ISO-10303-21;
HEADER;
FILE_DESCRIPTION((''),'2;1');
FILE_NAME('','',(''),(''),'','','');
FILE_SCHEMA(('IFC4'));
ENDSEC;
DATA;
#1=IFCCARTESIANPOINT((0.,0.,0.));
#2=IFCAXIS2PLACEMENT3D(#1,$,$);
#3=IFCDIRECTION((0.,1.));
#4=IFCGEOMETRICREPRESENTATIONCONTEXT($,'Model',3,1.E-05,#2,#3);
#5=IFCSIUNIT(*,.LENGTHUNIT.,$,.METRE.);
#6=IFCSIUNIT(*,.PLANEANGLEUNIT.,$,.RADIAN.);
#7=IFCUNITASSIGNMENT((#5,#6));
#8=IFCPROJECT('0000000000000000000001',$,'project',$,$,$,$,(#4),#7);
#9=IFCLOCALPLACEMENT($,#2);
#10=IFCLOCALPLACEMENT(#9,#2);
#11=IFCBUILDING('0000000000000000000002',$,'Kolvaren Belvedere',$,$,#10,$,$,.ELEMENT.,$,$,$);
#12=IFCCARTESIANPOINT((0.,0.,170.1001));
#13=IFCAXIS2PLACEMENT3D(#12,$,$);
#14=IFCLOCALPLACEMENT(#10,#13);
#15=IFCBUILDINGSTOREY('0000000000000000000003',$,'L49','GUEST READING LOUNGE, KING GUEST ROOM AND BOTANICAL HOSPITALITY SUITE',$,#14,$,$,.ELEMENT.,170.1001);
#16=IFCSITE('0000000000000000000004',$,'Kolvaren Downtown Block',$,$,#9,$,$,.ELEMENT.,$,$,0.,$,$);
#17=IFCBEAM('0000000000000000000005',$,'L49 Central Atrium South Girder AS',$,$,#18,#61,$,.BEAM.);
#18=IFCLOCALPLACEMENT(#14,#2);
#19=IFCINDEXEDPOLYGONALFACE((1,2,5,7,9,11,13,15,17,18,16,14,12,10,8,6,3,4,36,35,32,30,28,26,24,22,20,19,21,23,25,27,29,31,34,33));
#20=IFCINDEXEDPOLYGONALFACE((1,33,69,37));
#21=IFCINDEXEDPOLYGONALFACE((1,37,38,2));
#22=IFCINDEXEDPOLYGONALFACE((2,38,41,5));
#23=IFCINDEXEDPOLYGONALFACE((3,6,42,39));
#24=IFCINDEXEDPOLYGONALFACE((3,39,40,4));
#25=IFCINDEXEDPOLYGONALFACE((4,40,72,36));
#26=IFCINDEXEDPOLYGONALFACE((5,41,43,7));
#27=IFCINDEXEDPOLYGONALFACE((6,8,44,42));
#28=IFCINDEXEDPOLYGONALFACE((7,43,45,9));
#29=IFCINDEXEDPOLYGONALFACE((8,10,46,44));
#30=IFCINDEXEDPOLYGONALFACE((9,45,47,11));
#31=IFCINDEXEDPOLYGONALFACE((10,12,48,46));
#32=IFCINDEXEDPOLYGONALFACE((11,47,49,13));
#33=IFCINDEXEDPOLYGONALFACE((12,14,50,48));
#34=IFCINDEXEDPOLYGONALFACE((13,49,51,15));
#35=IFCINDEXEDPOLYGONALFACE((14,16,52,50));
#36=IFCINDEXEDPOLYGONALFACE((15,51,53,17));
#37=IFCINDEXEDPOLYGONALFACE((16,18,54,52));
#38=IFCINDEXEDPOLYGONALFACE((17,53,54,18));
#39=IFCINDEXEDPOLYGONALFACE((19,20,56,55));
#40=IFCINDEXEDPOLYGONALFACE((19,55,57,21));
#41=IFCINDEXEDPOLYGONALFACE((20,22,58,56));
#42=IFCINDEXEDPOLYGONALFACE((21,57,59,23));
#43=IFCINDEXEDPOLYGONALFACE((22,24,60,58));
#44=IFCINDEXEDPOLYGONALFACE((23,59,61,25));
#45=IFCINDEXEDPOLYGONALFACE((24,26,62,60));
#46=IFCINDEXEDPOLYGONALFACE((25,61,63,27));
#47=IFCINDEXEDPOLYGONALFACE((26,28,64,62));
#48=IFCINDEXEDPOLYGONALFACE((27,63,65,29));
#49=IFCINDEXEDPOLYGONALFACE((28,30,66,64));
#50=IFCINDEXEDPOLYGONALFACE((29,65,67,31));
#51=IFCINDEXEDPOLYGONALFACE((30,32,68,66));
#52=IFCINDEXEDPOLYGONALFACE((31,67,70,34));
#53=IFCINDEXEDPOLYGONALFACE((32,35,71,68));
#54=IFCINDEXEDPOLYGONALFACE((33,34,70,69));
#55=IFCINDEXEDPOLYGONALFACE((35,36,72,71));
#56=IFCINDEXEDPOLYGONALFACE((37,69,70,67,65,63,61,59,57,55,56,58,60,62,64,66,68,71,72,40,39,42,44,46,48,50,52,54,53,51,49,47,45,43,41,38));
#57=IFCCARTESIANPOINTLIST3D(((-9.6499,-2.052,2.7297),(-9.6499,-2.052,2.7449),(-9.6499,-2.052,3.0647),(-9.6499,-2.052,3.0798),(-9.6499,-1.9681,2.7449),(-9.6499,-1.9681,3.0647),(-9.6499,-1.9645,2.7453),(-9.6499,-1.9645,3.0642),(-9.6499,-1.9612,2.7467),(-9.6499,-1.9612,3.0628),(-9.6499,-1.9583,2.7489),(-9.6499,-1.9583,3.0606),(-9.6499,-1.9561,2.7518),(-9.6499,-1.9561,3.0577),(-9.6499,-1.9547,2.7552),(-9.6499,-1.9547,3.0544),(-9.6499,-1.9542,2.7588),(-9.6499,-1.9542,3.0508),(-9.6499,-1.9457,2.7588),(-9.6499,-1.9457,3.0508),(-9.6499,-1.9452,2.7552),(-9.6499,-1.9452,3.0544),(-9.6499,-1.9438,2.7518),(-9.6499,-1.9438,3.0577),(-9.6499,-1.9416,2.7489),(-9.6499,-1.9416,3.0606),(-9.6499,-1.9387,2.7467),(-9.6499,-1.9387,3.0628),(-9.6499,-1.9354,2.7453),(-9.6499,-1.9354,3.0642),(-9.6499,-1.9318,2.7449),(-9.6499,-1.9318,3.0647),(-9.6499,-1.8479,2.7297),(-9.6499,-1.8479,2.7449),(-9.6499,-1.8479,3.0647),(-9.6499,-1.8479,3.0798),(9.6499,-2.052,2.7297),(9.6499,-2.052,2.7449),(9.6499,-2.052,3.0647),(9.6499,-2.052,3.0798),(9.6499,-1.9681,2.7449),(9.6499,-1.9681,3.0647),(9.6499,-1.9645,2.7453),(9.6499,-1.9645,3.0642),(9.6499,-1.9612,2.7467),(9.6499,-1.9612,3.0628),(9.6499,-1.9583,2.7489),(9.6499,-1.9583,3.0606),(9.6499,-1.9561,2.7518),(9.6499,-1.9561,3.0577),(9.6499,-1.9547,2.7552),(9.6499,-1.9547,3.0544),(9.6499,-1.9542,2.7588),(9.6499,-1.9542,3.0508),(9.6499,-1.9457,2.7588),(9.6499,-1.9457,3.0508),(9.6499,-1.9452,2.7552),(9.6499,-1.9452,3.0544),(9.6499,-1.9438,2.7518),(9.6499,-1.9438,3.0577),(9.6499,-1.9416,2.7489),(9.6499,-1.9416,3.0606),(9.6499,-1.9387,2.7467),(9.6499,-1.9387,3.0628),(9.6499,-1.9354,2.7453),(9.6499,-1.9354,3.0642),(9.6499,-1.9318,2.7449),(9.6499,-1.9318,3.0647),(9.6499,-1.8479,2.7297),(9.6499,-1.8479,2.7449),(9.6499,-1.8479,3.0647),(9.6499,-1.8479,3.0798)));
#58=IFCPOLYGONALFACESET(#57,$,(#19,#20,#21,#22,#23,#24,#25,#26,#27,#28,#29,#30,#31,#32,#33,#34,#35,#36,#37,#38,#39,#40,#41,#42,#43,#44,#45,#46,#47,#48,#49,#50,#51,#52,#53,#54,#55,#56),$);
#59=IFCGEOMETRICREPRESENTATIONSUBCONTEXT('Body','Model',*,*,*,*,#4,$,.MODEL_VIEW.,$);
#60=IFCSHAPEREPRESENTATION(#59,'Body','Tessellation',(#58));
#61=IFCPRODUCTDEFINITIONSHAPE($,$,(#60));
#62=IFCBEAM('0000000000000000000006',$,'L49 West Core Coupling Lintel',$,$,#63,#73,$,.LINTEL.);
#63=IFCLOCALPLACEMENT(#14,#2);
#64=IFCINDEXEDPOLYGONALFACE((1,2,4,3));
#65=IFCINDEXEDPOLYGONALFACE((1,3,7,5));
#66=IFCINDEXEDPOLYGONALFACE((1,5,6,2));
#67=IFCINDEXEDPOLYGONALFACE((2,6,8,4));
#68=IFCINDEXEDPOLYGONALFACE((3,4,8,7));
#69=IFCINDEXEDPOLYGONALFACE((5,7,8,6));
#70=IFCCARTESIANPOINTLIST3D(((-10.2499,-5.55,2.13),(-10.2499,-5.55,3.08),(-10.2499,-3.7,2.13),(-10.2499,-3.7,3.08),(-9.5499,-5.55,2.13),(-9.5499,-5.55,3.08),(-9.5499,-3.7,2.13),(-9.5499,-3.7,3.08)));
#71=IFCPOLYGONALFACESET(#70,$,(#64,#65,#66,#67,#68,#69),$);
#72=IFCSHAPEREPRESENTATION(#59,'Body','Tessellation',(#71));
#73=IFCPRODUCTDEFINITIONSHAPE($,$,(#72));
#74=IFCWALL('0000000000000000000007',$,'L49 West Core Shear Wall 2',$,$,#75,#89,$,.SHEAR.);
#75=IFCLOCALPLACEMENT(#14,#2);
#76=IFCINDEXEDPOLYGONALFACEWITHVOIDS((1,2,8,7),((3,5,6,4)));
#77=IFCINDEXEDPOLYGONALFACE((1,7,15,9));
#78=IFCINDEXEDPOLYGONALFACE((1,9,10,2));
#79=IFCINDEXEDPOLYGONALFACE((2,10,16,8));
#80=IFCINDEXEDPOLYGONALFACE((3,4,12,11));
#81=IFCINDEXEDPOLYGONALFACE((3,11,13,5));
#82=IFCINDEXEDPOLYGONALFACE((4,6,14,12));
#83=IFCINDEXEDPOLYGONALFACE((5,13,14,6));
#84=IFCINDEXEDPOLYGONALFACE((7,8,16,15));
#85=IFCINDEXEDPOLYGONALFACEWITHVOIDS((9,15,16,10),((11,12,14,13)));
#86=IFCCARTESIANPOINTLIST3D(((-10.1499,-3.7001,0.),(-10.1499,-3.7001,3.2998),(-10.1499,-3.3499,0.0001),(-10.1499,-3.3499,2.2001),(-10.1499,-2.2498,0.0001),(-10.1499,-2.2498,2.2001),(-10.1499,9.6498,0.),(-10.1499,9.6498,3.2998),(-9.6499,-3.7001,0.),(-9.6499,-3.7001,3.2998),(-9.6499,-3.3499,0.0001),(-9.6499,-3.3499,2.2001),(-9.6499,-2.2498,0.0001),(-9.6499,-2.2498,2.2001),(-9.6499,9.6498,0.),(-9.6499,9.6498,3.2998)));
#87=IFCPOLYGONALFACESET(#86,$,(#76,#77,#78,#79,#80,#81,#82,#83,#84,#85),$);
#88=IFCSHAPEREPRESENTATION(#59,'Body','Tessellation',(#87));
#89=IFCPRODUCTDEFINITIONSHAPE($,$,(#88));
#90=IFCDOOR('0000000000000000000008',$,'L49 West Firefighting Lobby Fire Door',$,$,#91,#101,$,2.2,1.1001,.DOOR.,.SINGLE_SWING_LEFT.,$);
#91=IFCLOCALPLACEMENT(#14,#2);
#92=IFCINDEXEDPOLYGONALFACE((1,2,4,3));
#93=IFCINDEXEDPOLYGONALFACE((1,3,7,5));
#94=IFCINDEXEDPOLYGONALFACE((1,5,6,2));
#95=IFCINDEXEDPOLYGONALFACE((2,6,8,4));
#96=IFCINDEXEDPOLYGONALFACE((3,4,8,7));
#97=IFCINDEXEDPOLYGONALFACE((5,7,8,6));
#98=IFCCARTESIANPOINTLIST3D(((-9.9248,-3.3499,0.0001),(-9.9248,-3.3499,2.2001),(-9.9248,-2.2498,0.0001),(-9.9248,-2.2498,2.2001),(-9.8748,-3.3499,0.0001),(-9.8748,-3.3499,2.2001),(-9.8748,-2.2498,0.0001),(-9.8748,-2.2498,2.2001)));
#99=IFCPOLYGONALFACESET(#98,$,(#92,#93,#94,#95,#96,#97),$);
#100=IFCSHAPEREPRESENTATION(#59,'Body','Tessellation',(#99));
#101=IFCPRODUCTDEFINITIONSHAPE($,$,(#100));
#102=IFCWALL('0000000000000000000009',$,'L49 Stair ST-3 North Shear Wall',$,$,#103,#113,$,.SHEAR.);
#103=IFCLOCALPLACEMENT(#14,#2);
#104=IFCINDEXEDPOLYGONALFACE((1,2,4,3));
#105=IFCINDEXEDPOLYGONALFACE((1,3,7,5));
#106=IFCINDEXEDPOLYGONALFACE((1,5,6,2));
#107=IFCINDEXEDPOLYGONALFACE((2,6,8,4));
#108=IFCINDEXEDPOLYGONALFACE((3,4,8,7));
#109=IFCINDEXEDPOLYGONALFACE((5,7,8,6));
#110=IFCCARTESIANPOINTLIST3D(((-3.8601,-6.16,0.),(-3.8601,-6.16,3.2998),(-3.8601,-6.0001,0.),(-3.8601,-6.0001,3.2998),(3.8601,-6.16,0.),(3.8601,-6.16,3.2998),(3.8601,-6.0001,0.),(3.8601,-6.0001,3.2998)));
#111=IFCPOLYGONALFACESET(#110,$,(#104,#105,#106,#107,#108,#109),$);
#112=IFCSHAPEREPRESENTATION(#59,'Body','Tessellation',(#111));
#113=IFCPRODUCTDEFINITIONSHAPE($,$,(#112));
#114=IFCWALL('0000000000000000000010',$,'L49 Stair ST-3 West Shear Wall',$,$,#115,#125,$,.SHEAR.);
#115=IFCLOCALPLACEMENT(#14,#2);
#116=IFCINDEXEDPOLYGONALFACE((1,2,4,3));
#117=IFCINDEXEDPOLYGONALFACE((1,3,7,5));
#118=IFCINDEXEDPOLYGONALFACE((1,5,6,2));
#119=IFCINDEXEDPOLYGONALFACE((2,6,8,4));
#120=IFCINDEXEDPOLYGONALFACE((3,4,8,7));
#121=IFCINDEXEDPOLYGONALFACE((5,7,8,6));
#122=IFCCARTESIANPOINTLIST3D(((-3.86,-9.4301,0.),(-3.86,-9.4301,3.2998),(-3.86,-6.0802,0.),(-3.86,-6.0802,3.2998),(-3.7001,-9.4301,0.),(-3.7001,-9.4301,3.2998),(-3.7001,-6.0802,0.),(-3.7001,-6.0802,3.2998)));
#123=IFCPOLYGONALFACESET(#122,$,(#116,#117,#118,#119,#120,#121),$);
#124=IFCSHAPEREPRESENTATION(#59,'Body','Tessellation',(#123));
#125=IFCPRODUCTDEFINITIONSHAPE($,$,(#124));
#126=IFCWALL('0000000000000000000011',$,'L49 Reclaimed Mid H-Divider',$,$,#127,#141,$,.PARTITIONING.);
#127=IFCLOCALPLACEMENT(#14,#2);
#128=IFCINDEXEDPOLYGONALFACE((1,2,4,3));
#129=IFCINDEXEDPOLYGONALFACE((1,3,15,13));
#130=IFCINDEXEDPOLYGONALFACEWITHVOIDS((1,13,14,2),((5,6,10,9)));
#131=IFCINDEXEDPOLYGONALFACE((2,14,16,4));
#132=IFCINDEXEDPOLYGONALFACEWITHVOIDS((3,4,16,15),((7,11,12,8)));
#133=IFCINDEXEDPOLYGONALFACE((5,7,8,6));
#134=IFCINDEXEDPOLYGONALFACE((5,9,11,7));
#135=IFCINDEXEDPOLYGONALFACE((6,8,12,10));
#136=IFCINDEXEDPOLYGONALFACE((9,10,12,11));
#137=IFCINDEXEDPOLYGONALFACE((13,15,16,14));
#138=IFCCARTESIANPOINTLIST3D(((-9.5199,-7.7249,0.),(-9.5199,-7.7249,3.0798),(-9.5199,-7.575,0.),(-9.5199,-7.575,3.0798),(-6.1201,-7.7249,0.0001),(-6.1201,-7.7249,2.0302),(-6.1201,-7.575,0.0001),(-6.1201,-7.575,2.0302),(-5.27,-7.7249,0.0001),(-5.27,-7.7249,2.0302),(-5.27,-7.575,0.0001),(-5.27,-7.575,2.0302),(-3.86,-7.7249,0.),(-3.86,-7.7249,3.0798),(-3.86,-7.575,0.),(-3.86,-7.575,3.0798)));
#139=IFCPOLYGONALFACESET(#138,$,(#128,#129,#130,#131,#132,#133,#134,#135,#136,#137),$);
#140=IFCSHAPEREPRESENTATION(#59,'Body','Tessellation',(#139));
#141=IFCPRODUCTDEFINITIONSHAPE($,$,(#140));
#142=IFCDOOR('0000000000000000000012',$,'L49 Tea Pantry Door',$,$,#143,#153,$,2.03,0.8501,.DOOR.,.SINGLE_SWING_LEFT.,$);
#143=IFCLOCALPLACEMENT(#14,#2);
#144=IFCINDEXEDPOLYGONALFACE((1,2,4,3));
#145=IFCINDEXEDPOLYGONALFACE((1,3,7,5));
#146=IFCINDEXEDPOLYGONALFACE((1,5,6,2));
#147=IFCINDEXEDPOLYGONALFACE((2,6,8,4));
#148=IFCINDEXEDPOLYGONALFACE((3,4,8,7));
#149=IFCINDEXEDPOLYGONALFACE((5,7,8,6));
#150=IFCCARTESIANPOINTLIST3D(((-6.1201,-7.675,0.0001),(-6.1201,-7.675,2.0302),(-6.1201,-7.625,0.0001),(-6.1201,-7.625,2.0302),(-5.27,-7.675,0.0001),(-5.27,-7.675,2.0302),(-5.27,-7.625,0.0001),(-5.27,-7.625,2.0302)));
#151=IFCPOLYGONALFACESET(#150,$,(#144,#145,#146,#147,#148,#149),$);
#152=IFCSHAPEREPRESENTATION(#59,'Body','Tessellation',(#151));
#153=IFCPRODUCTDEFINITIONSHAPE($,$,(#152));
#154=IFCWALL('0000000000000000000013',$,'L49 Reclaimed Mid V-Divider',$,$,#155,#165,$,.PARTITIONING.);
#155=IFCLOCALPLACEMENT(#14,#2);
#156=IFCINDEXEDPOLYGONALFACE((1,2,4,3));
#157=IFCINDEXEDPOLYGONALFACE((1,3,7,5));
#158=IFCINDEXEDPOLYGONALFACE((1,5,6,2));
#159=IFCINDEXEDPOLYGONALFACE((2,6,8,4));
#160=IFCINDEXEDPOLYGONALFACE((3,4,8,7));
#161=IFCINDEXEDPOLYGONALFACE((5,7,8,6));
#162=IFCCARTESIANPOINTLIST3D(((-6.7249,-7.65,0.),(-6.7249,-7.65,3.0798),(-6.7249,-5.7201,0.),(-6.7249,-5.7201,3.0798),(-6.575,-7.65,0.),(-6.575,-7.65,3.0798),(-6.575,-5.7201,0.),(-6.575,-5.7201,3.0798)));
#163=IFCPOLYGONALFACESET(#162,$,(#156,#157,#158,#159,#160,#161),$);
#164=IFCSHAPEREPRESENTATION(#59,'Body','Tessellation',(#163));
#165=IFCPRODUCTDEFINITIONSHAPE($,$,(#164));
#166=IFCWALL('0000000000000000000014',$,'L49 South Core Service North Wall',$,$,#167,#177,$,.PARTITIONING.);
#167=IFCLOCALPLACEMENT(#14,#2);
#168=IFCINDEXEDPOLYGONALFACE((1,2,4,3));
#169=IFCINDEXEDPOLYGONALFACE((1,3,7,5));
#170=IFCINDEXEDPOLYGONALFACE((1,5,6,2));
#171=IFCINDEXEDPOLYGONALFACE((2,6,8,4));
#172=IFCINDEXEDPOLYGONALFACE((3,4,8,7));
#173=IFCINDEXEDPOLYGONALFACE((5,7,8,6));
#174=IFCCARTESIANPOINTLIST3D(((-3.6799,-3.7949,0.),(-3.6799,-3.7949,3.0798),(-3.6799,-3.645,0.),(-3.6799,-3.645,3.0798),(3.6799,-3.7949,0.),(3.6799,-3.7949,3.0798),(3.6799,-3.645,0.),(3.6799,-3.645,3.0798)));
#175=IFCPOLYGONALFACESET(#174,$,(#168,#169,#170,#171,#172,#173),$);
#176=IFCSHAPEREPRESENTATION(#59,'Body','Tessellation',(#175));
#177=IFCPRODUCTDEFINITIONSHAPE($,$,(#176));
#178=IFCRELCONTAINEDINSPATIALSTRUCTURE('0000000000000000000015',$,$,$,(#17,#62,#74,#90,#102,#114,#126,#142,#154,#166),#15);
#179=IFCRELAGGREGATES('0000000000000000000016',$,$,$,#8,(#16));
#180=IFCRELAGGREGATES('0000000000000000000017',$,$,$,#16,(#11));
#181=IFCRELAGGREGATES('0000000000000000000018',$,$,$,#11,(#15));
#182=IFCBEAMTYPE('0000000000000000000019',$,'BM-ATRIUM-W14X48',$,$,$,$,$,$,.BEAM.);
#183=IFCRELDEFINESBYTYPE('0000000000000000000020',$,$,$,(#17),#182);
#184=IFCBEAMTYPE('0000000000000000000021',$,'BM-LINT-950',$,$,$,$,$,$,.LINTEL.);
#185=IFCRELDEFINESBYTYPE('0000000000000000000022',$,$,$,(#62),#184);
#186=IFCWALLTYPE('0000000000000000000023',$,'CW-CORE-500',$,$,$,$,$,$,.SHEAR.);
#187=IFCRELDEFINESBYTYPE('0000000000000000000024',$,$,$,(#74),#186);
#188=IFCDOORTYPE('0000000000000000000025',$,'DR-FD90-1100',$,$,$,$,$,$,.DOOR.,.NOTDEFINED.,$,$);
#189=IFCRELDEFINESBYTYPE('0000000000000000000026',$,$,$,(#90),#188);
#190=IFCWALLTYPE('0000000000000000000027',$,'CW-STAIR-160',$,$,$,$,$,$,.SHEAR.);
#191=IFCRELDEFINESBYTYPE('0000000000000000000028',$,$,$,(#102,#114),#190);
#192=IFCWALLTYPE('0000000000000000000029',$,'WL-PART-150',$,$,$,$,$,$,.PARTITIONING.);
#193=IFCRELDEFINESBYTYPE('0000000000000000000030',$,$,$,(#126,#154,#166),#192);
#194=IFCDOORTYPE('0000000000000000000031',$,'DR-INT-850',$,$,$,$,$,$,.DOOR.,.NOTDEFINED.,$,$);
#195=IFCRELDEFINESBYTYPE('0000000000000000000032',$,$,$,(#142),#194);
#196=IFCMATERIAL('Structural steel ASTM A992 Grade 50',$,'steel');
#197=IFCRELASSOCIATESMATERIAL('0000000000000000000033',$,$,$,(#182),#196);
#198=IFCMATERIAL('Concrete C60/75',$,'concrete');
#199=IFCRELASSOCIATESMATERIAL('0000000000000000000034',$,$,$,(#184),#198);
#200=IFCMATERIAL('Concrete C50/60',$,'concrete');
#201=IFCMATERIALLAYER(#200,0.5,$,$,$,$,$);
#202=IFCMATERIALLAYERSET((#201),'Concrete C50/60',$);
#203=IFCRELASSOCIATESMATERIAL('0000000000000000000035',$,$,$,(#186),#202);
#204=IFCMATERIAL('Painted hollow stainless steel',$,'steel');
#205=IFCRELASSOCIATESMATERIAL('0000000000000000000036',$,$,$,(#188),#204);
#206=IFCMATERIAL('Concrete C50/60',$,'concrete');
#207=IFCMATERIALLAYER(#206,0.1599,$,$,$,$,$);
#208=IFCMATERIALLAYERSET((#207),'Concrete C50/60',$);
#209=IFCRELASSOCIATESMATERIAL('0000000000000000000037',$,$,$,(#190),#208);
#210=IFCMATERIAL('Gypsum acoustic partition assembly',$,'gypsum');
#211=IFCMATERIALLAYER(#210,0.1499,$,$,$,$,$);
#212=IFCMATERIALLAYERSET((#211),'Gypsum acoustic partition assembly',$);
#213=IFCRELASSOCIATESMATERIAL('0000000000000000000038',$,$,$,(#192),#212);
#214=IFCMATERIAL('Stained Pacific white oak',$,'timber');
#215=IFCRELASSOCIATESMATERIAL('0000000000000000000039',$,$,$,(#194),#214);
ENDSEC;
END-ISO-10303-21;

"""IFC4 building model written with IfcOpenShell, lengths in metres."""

from ifc_helpers import new_model, si_unit, direction, frame, frame_2d, origin, origin_2d, place, context, subcontext, project, spatial, rectangle, i_section, extrude, material, layer, layer_set, material_profile, profile_set, type_object, element, fill, save


model = new_model("IFC4")

# Units and contexts
model_context = context("Model", 3, precision=1e-05, world=origin(), true_north=direction((0.0, 1.0)))
body_context = subcontext(model_context, "Body", "Model", "MODEL_VIEW")
ifc_project = project(units=[si_unit("LENGTHUNIT", "METRE"), si_unit("PLANEANGLEUNIT", "RADIAN")], contexts=[model_context])

# Site, building, storey
site_placement = place(None, origin())
site = spatial("IfcSite", under=ifc_project, at=site_placement, Name="Kolvaren Downtown Block", CompositionType="ELEMENT", RefElevation=0.0)
building_placement = place(site_placement, origin())
building = spatial("IfcBuilding", under=site, at=building_placement, Name="Kolvaren Belvedere", CompositionType="ELEMENT")
storey_placement = place(building_placement, frame((0.0, 0.0, 170.1001)))
storey = spatial("IfcBuildingStorey", under=building, at=storey_placement, Name="L49", Description="GUEST READING LOUNGE, KING GUEST ROOM AND BOTANICAL HOSPITALITY SUITE", CompositionType="ELEMENT", Elevation=170.1001)

# Beams
ifc_material_1 = material(Name="Structural steel ASTM A992 Grade 50", Category="steel")
ifc_material_profile_1 = material_profile(ifc_material_1, i_section(OverallWidth=0.2041, OverallDepth=0.3501, WebThickness=0.0085, FlangeThickness=0.0151, FilletRadius=0.0139, at=origin_2d()), Name="W14X48")
ifc_profile_set_1 = profile_set([ifc_material_profile_1], Name="Structural steel ASTM A992 Grade 50")
beam_type_1 = type_object("IfcBeamType", Name="BM-ATRIUM-W14X48", PredefinedType="BEAM", material=ifc_profile_set_1)
beam_1_placement = place(storey_placement, frame((-9.6499, -1.95, 2.9048), z_axis=(1.0, 0.0, 0.0), x_axis=(0.0, 1.0, 0.0)))
element("IfcBeam", 1, at=beam_1_placement, inside=storey, type_object=beam_type_1, Name="L49 Central Atrium South Girder AS", PredefinedType="BEAM", context=body_context, shape_type="SweptSolid", body=[
    extrude(i_section(OverallWidth=0.2041, OverallDepth=0.3501, WebThickness=0.0085, FlangeThickness=0.0151, FilletRadius=0.0139, at=origin_2d()), origin(), (0.0, 0.0, 1.0), 19.2998),
])
ifc_material_2 = material(Name="Concrete C60/75", Category="concrete")
ifc_material_profile_2 = material_profile(ifc_material_2, rectangle(XDim=0.7, YDim=0.95, at=origin_2d()), Name="RC 700X950")
ifc_profile_set_2 = profile_set([ifc_material_profile_2], Name="Concrete C60/75")
beam_type_2 = type_object("IfcBeamType", Name="BM-LINT-950", PredefinedType="LINTEL", material=ifc_profile_set_2)
beam_2_placement = place(storey_placement, frame((-9.8999, -5.55, 2.605), z_axis=(0.0, 1.0, 0.0), x_axis=(-1.0, 0.0, 0.0)))
element("IfcBeam", 2, at=beam_2_placement, inside=storey, type_object=beam_type_2, Name="L49 West Core Coupling Lintel", PredefinedType="LINTEL", context=body_context, shape_type="SweptSolid", body=[
    extrude(rectangle(XDim=0.7, YDim=0.95, at=origin_2d()), origin(), (0.0, 0.0, 1.0), 1.8501),
])

# Wall, opening, door
ifc_material_3 = material(Name="Concrete C50/60", Category="concrete")
ifc_layer_1 = layer(ifc_material_3, 0.5)
ifc_layer_set_1 = layer_set([ifc_layer_1], Name="Concrete C50/60")
wall_type_1 = type_object("IfcWallType", Name="CW-CORE-500", PredefinedType="SHEAR", material=ifc_layer_set_1)
wall_1_placement = place(storey_placement, frame((-9.8999, -3.7, 0.0), z_axis=(0.0, 0.0, 1.0), x_axis=(0.0, 1.0, 0.0)))
wall_1 = element("IfcWall", 3, at=wall_1_placement, inside=storey, type_object=wall_type_1, Name="L49 West Core Shear Wall 2", PredefinedType="SHEAR", context=body_context, shape_type="SweptSolid", body=[
    extrude(rectangle(XDim=13.3499, YDim=0.5, at=frame_2d((6.6748, 0.0))), origin(), (0.0, 0.0, 1.0), 3.2998),
])
opening_1_placement = place(wall_1_placement, frame((0.3501, 0.0, 0.0)))
opening_1 = element("IfcOpeningElement", 4, at=opening_1_placement, cuts=wall_1, PredefinedType="OPENING", context=body_context, shape_type="SweptSolid", body=[
    extrude(rectangle(XDim=1.1001, YDim=2.2, at=frame_2d((0.55, 1.1001))), frame((0.0, 0.26, 0.0), z_axis=(0.0, -1.0, 0.0), x_axis=(1.0, 0.0, 0.0)), (0.0, 0.0, 1.0), 0.52),
])
ifc_material_4 = material(Name="Painted hollow stainless steel", Category="steel")
door_type_1 = type_object("IfcDoorType", Name="DR-FD90-1100", OperationType="NOTDEFINED", PredefinedType="DOOR", material=ifc_material_4)
door_1_placement = place(opening_1_placement, origin())
door_1 = element("IfcDoor", 5, at=door_1_placement, inside=storey, type_object=door_type_1, Name="L49 West Firefighting Lobby Fire Door", OperationType="SINGLE_SWING_LEFT", OverallHeight=2.2, OverallWidth=1.1001, PredefinedType="DOOR", context=body_context, shape_type="SweptSolid", body=[
    extrude(rectangle(XDim=1.1001, YDim=2.2, at=frame_2d((0.55, 1.1001))), frame((0.0, 0.0249, 0.0), z_axis=(0.0, -1.0, 0.0), x_axis=(1.0, 0.0, 0.0)), (0.0, 0.0, 1.0), 0.05),
])
fill(opening_1, door_1)

# Walls
ifc_material_5 = material(Name="Concrete C50/60", Category="concrete")
ifc_layer_2 = layer(ifc_material_5, 0.1599)
ifc_layer_set_2 = layer_set([ifc_layer_2], Name="Concrete C50/60")
wall_type_2 = type_object("IfcWallType", Name="CW-STAIR-160", PredefinedType="SHEAR", material=ifc_layer_set_2)
wall_2_placement = place(storey_placement, frame((-3.8601, -6.0801, 0.0), z_axis=(0.0, 0.0, 1.0), x_axis=(1.0, 0.0, 0.0)))
element("IfcWall", 6, at=wall_2_placement, inside=storey, type_object=wall_type_2, Name="L49 Stair ST-3 North Shear Wall", PredefinedType="SHEAR", context=body_context, shape_type="SweptSolid", body=[
    extrude(rectangle(XDim=7.7202, YDim=0.1599, at=frame_2d((3.8601, 0.0))), origin(), (0.0, 0.0, 1.0), 3.2998),
])
wall_3_placement = place(storey_placement, frame((-3.78, -9.4299, 0.0), z_axis=(0.0, 0.0, 1.0), x_axis=(0.0, 1.0, 0.0)))
element("IfcWall", 7, at=wall_3_placement, inside=storey, type_object=wall_type_2, Name="L49 Stair ST-3 West Shear Wall", PredefinedType="SHEAR", context=body_context, shape_type="SweptSolid", body=[
    extrude(rectangle(XDim=3.3499, YDim=0.1599, at=frame_2d((1.6748, 0.0))), origin(), (0.0, 0.0, 1.0), 3.2998),
])

# Wall, opening, door
ifc_material_6 = material(Name="Gypsum acoustic partition assembly", Category="gypsum")
ifc_layer_3 = layer(ifc_material_6, 0.1499)
ifc_layer_set_3 = layer_set([ifc_layer_3], Name="Gypsum acoustic partition assembly")
wall_type_3 = type_object("IfcWallType", Name="WL-PART-150", PredefinedType="PARTITIONING", material=ifc_layer_set_3)
wall_4_placement = place(storey_placement, frame((-9.52, -7.6499, 0.0), z_axis=(0.0, 0.0, 1.0), x_axis=(1.0, 0.0, 0.0)))
wall_4 = element("IfcWall", 8, at=wall_4_placement, inside=storey, type_object=wall_type_3, Name="L49 Reclaimed Mid H-Divider", PredefinedType="PARTITIONING", context=body_context, shape_type="SweptSolid", body=[
    extrude(rectangle(XDim=5.6599, YDim=0.1499, at=frame_2d((2.8301, 0.0))), origin(), (0.0, 0.0, 1.0), 3.0798),
])
opening_2_placement = place(wall_4_placement, frame((3.3999, 0.0, 0.0)))
opening_2 = element("IfcOpeningElement", 9, at=opening_2_placement, cuts=wall_4, PredefinedType="OPENING", context=body_context, shape_type="SweptSolid", body=[
    extrude(rectangle(XDim=0.8501, YDim=2.03, at=frame_2d((0.425, 1.0151))), frame((0.0, 0.085, 0.0), z_axis=(0.0, -1.0, 0.0), x_axis=(1.0, 0.0, 0.0)), (0.0, 0.0, 1.0), 0.1699),
])
ifc_material_7 = material(Name="Stained Pacific white oak", Category="timber")
door_type_2 = type_object("IfcDoorType", Name="DR-INT-850", OperationType="NOTDEFINED", PredefinedType="DOOR", material=ifc_material_7)
door_2_placement = place(opening_2_placement, origin())
door_2 = element("IfcDoor", 10, at=door_2_placement, inside=storey, type_object=door_type_2, Name="L49 Tea Pantry Door", OperationType="SINGLE_SWING_LEFT", OverallHeight=2.03, OverallWidth=0.8501, PredefinedType="DOOR", context=body_context, shape_type="SweptSolid", body=[
    extrude(rectangle(XDim=0.8501, YDim=2.03, at=frame_2d((0.425, 1.0151))), frame((0.0, 0.0249, 0.0), z_axis=(0.0, -1.0, 0.0), x_axis=(1.0, 0.0, 0.0)), (0.0, 0.0, 1.0), 0.05),
])
fill(opening_2, door_2)

# Walls
wall_5_placement = place(storey_placement, frame((-6.6499, -7.6499, 0.0), z_axis=(0.0, 0.0, 1.0), x_axis=(0.0, 1.0, 0.0)))
element("IfcWall", 11, at=wall_5_placement, inside=storey, type_object=wall_type_3, Name="L49 Reclaimed Mid V-Divider", PredefinedType="PARTITIONING", context=body_context, shape_type="SweptSolid", body=[
    extrude(rectangle(XDim=1.9299, YDim=0.1499, at=frame_2d((0.9648, 0.0))), origin(), (0.0, 0.0, 1.0), 3.0798),
])
wall_6_placement = place(storey_placement, frame((-3.6799, -3.72, 0.0), z_axis=(0.0, 0.0, 1.0), x_axis=(1.0, 0.0, 0.0)))
element("IfcWall", 12, at=wall_6_placement, inside=storey, type_object=wall_type_3, Name="L49 South Core Service North Wall", PredefinedType="PARTITIONING", context=body_context, shape_type="SweptSolid", body=[
    extrude(rectangle(XDim=7.3599, YDim=0.1499, at=frame_2d((3.6799, 0.0))), origin(), (0.0, 0.0, 1.0), 3.0798),
])

save(model, "model.ifc")
